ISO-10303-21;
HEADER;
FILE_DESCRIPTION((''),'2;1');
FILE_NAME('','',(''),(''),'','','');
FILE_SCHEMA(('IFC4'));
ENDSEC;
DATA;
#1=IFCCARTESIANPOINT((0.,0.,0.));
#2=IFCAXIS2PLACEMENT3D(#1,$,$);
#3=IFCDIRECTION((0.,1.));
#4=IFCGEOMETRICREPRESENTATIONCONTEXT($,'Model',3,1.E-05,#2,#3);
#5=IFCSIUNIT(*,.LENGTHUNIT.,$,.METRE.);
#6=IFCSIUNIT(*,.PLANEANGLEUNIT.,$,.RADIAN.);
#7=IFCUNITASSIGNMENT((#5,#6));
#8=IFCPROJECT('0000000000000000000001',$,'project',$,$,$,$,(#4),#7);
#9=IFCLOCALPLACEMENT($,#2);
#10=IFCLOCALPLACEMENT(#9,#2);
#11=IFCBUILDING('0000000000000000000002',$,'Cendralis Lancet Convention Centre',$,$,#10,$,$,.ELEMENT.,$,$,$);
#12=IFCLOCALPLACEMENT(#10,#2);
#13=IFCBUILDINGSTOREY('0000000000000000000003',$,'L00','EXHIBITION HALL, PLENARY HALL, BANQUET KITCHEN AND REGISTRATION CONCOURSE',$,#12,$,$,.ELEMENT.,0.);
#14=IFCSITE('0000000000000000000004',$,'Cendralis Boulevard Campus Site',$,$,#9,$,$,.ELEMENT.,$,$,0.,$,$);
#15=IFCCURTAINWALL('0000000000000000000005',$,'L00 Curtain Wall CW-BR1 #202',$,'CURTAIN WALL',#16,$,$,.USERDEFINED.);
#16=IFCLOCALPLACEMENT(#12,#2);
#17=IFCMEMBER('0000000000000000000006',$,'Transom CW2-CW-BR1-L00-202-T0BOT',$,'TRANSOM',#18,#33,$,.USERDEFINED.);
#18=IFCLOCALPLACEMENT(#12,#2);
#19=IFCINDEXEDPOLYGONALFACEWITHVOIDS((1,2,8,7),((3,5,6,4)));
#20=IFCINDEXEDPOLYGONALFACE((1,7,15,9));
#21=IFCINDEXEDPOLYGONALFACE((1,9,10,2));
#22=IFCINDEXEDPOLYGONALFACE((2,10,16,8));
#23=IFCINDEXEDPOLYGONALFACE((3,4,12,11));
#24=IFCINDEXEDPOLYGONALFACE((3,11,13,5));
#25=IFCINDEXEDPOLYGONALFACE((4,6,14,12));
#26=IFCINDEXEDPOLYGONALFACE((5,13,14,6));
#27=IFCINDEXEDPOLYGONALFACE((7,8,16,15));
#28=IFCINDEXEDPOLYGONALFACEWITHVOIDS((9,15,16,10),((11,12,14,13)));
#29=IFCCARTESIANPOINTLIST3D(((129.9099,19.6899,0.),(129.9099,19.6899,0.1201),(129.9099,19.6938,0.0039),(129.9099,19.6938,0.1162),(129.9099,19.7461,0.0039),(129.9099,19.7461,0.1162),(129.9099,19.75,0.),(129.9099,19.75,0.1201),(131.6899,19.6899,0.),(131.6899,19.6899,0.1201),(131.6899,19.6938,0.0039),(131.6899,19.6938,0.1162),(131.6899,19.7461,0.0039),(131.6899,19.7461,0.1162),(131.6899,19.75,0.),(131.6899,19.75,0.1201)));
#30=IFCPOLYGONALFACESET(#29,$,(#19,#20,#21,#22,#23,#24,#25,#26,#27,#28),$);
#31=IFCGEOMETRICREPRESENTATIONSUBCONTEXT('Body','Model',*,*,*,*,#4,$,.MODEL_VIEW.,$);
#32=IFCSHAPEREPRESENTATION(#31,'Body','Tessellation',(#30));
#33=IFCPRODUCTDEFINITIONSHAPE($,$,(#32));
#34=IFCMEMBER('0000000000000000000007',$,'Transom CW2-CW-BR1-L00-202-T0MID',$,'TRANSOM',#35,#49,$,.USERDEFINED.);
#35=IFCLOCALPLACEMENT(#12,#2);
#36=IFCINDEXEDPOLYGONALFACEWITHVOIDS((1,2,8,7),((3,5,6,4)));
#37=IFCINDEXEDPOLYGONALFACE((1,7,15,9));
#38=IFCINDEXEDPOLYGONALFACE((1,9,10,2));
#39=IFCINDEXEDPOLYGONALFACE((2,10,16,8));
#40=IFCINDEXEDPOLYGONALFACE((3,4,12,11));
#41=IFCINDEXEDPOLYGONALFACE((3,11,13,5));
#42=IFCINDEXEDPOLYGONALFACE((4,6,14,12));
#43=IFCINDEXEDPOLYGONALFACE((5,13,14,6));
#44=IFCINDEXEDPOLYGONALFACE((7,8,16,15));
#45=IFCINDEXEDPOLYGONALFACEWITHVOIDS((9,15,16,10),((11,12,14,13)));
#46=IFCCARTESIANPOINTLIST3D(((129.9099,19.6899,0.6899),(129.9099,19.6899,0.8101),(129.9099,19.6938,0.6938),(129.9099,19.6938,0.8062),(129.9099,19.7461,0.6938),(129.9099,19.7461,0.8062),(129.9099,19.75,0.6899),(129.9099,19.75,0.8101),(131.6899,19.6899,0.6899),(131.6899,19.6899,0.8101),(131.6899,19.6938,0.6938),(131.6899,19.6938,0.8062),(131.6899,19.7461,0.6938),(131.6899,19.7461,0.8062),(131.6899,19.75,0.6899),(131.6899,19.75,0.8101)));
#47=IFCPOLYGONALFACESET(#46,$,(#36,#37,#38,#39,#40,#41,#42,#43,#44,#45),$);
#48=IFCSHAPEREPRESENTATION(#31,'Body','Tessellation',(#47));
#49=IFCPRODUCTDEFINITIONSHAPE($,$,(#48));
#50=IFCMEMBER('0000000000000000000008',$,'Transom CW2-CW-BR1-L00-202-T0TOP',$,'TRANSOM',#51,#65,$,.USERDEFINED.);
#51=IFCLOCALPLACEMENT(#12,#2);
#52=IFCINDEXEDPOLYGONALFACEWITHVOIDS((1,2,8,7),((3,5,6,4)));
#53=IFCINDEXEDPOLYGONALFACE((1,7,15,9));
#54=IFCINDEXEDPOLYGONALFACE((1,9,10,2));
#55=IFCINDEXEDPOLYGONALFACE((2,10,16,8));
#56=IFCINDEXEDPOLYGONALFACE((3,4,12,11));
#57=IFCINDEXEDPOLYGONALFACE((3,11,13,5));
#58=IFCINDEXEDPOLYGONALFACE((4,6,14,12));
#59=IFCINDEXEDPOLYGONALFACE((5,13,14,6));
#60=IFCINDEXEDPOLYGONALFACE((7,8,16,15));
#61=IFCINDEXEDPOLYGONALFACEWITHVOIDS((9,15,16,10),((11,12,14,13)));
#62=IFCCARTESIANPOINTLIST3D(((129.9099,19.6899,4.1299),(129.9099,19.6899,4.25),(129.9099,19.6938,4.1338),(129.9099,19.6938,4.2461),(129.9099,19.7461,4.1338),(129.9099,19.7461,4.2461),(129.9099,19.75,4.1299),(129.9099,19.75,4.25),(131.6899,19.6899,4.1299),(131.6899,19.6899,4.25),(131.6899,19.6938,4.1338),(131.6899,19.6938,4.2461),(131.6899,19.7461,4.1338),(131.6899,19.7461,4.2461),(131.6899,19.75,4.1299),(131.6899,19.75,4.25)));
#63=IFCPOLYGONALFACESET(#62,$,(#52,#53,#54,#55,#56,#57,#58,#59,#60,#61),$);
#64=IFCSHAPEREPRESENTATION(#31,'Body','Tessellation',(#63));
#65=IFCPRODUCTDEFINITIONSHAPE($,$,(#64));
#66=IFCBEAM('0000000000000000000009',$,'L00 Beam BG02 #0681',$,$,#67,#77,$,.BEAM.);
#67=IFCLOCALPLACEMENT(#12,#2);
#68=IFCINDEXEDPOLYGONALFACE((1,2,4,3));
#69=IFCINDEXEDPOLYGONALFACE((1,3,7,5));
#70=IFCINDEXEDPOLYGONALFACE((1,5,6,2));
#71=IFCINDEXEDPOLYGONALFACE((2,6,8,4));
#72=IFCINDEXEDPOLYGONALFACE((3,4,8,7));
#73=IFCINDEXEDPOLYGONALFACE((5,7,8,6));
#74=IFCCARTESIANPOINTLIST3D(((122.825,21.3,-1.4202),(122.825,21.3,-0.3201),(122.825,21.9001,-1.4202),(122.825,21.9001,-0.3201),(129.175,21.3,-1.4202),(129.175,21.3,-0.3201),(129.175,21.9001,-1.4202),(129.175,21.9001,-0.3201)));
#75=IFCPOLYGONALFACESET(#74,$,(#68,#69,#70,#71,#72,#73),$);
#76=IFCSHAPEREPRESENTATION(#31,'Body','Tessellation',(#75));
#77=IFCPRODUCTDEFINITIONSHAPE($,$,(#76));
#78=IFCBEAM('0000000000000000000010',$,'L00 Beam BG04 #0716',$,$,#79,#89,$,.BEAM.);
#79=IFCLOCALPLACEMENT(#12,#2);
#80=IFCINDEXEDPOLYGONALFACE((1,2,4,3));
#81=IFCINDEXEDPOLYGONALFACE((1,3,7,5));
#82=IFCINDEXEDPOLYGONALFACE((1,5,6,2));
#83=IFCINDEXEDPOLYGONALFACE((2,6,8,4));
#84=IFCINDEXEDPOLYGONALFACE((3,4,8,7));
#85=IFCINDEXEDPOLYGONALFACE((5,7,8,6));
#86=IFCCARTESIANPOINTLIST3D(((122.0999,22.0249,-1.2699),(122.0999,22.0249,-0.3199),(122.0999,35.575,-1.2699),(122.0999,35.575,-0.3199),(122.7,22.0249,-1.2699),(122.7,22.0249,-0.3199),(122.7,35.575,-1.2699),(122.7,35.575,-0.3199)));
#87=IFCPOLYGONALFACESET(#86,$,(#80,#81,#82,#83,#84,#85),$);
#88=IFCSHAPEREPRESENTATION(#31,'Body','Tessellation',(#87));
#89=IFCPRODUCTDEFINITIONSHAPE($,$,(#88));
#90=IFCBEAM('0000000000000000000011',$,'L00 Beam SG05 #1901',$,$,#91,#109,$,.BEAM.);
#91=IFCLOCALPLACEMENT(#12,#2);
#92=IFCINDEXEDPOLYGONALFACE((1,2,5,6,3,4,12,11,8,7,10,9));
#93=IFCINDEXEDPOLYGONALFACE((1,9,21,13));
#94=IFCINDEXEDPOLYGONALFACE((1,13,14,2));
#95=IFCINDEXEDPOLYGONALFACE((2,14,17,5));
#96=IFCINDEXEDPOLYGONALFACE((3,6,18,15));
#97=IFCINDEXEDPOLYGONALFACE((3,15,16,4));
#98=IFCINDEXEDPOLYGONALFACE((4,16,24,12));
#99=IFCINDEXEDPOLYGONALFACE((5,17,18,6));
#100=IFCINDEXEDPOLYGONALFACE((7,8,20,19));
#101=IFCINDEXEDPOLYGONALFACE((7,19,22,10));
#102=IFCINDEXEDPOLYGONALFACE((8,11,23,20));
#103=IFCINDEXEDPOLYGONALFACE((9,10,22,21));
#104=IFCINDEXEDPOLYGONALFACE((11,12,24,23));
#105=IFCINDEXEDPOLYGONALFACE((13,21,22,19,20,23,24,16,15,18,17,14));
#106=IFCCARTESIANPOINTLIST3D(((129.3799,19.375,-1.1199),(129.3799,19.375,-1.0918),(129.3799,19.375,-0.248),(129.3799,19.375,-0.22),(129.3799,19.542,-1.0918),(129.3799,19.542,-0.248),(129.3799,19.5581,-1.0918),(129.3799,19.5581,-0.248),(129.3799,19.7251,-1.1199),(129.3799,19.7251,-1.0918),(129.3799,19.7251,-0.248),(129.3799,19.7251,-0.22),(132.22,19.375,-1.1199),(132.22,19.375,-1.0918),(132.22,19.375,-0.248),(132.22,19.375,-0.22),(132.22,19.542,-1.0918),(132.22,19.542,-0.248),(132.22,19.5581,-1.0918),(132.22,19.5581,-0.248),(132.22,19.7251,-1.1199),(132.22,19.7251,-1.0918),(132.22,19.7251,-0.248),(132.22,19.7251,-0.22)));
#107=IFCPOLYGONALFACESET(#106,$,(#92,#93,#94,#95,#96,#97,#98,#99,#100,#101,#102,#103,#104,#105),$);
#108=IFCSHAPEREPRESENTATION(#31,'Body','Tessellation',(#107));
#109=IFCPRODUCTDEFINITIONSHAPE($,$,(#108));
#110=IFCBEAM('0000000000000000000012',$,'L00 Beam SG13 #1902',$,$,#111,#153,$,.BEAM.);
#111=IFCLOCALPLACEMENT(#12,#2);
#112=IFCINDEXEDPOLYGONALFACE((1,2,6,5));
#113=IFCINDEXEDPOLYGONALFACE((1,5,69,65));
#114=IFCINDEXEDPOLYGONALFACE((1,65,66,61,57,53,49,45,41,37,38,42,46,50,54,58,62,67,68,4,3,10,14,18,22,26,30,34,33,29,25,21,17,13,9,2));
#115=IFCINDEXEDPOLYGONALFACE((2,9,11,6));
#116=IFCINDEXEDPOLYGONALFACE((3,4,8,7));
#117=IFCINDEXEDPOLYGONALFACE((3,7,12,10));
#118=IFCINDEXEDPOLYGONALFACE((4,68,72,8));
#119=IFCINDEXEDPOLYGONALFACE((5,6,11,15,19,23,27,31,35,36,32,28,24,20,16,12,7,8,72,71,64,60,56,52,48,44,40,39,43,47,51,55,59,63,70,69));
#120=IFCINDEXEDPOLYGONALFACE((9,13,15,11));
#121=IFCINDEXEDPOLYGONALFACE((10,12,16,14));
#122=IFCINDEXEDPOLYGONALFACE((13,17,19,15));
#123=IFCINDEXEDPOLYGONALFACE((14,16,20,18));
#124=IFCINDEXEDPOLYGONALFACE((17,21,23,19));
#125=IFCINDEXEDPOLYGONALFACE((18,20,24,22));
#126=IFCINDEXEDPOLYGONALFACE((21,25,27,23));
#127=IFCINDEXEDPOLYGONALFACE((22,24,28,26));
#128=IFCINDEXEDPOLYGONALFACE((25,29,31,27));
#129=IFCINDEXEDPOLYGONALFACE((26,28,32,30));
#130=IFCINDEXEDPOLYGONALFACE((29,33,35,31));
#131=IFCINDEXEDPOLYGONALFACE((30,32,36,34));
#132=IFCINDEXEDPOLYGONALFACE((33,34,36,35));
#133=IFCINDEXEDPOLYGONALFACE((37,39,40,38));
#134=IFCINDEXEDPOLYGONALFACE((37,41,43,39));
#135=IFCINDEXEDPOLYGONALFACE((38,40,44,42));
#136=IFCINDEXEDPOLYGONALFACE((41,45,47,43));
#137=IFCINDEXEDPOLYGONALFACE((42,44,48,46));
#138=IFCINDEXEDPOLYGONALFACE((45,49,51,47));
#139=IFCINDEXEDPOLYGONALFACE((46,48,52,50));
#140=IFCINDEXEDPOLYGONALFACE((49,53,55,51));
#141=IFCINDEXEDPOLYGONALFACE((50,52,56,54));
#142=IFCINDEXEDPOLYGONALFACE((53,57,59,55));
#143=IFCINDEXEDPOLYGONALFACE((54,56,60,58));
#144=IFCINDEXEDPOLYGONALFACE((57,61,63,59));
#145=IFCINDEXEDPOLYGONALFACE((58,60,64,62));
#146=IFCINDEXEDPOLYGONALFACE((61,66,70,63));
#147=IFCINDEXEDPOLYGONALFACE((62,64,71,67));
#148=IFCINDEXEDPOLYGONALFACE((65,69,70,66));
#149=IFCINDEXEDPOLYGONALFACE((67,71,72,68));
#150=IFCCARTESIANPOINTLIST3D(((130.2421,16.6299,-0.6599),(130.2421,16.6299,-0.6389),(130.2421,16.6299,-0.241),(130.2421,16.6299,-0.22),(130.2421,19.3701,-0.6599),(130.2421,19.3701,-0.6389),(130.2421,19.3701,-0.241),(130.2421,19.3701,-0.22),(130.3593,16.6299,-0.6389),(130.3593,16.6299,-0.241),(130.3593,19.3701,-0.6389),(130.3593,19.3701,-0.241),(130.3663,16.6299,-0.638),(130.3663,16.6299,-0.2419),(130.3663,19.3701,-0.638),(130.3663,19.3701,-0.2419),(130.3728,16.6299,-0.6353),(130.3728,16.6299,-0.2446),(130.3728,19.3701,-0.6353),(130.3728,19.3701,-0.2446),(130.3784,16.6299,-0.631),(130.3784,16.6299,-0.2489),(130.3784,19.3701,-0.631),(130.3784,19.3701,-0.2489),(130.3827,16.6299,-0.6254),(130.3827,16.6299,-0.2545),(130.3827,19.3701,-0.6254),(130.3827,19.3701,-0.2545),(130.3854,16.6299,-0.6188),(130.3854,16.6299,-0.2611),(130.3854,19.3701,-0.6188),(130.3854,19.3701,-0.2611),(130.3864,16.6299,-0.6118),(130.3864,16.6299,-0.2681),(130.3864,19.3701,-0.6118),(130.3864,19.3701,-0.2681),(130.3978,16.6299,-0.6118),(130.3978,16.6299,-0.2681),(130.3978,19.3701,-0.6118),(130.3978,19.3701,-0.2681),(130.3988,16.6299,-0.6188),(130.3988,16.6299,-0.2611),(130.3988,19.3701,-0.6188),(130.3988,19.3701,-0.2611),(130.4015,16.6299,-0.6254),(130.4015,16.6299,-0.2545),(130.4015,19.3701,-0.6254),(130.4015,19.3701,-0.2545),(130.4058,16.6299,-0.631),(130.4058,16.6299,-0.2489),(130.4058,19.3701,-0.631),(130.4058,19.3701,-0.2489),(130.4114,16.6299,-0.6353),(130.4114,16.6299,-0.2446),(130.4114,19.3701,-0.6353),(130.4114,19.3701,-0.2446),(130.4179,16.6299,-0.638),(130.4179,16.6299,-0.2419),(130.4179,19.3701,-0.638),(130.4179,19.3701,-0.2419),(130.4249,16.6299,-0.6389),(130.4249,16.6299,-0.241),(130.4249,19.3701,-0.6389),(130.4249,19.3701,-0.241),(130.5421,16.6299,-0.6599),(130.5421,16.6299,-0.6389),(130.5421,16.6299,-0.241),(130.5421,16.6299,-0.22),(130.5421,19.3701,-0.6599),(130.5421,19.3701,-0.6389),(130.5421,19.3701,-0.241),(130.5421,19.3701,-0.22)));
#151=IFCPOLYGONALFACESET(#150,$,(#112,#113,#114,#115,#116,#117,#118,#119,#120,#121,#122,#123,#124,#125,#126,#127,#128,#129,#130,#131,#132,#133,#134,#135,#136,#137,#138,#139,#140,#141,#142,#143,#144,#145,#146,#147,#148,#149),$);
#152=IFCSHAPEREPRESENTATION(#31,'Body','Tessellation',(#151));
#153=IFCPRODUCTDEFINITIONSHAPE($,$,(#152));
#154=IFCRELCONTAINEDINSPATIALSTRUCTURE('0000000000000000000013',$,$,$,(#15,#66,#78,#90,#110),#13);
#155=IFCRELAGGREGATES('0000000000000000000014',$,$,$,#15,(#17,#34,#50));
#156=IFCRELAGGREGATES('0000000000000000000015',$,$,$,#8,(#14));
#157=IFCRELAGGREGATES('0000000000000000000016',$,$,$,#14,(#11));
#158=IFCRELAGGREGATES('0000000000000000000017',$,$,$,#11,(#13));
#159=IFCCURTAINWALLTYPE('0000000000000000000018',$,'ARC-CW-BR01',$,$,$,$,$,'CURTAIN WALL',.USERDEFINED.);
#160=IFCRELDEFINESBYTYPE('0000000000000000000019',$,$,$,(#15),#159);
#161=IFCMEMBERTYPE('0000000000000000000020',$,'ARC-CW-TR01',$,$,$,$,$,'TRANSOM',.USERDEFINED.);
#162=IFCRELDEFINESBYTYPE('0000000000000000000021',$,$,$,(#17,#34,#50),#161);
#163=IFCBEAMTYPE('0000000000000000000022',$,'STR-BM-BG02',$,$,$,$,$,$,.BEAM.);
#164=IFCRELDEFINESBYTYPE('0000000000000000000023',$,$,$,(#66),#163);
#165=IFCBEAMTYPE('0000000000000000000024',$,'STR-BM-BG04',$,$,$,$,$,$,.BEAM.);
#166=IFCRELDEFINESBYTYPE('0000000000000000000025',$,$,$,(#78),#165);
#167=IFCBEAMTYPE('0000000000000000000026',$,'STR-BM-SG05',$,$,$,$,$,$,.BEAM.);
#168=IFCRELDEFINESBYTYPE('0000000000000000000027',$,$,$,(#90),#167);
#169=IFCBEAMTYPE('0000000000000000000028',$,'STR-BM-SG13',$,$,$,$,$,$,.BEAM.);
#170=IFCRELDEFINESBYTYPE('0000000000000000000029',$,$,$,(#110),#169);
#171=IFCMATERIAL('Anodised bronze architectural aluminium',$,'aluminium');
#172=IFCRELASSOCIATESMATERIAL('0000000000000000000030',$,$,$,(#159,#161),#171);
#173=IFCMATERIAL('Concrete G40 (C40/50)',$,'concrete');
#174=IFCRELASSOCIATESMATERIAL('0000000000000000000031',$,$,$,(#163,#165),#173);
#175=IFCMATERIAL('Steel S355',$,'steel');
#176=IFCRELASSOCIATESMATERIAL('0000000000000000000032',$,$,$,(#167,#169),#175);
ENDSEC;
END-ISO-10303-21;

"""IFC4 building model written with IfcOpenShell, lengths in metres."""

from ifc_helpers import new_model, si_unit, direction, frame, origin, origin_2d, place, context, subcontext, project, spatial, rectangle, hollow_rectangle, i_section, extrude, material, material_profile, profile_set, type_object, element, aggregate, save


model = new_model("IFC4")

# Units and contexts
model_context = context("Model", 3, precision=1e-05, world=origin(), true_north=direction((0.0, 1.0)))
body_context = subcontext(model_context, "Body", "Model", "MODEL_VIEW")
ifc_project = project(units=[si_unit("LENGTHUNIT", "METRE"), si_unit("PLANEANGLEUNIT", "RADIAN")], contexts=[model_context])

# Site, building, storey
site_placement = place(None, origin())
site = spatial("IfcSite", under=ifc_project, at=site_placement, Name="Cendralis Boulevard Campus Site", CompositionType="ELEMENT", RefElevation=0.0)
building_placement = place(site_placement, origin())
building = spatial("IfcBuilding", under=site, at=building_placement, Name="Cendralis Lancet Convention Centre", CompositionType="ELEMENT")
storey_placement = place(building_placement, origin())
storey = spatial("IfcBuildingStorey", under=building, at=storey_placement, Name="L00", Description="EXHIBITION HALL, PLENARY HALL, BANQUET KITCHEN AND REGISTRATION CONCOURSE", CompositionType="ELEMENT", Elevation=0.0)

# Shared definitions
ifc_material_1 = material(Name="Concrete G40 (C40/50)", Category="concrete")

# Curtain wall, members
ifc_material_2 = material(Name="Anodised bronze architectural aluminium", Category="aluminium")
curtain_wall_type = type_object("IfcCurtainWallType", Name="ARC-CW-BR01", ElementType="CURTAIN WALL", PredefinedType="USERDEFINED", material=ifc_material_2)
curtain_wall_placement = place(storey_placement, origin())
curtain_wall = element("IfcCurtainWall", 1, at=curtain_wall_placement, inside=storey, type_object=curtain_wall_type, Name="L00 Curtain Wall CW-BR1 #202", ObjectType="CURTAIN WALL", PredefinedType="USERDEFINED")
ifc_material_profile_1 = material_profile(ifc_material_2, hollow_rectangle(XDim=0.0601, YDim=0.1201, WallThickness=0.0039, at=origin_2d()), Name="AL-TRAN 60x120x4.0")
ifc_profile_set_1 = profile_set([ifc_material_profile_1], Name="Anodised bronze architectural aluminium")
member_type_1 = type_object("IfcMemberType", Name="ARC-CW-TR01", ElementType="TRANSOM", PredefinedType="USERDEFINED", material=ifc_profile_set_1)
member_1_placement = place(storey_placement, frame((129.9099, 19.72, 0.0601), z_axis=(1.0, 0.0, 0.0), x_axis=(0.0, 1.0, 0.0)))
member_1 = element("IfcMember", 2, at=member_1_placement, type_object=member_type_1, Name="Transom CW2-CW-BR1-L00-202-T0BOT", ObjectType="TRANSOM", PredefinedType="USERDEFINED", context=body_context, shape_type="SweptSolid", body=[
    extrude(hollow_rectangle(XDim=0.0601, YDim=0.1201, WallThickness=0.0039, at=origin_2d()), origin(), (0.0, 0.0, 1.0), 1.78),
])
member_2_placement = place(storey_placement, frame((129.9099, 19.72, 0.75), z_axis=(1.0, 0.0, 0.0), x_axis=(0.0, 1.0, 0.0)))
member_2 = element("IfcMember", 3, at=member_2_placement, type_object=member_type_1, Name="Transom CW2-CW-BR1-L00-202-T0MID", ObjectType="TRANSOM", PredefinedType="USERDEFINED", context=body_context, shape_type="SweptSolid", body=[
    extrude(hollow_rectangle(XDim=0.0601, YDim=0.1201, WallThickness=0.0039, at=origin_2d()), origin(), (0.0, 0.0, 1.0), 1.78),
])
member_3_placement = place(storey_placement, frame((129.9099, 19.72, 4.1899), z_axis=(1.0, 0.0, 0.0), x_axis=(0.0, 1.0, 0.0)))
member_3 = element("IfcMember", 4, at=member_3_placement, type_object=member_type_1, Name="Transom CW2-CW-BR1-L00-202-T0TOP", ObjectType="TRANSOM", PredefinedType="USERDEFINED", context=body_context, shape_type="SweptSolid", body=[
    extrude(hollow_rectangle(XDim=0.0601, YDim=0.1201, WallThickness=0.0039, at=origin_2d()), origin(), (0.0, 0.0, 1.0), 1.78),
])

# Beams
ifc_material_profile_2 = material_profile(ifc_material_1, rectangle(XDim=0.6001, YDim=1.1001, at=origin_2d()), Name="RCB 600x1100")
ifc_profile_set_2 = profile_set([ifc_material_profile_2], Name="Concrete G40 (C40/50)")
beam_type_1 = type_object("IfcBeamType", Name="STR-BM-BG02", PredefinedType="BEAM", material=ifc_profile_set_2)
beam_1_placement = place(storey_placement, frame((122.825, 21.6001, -0.8701), z_axis=(1.0, 0.0, 0.0), x_axis=(0.0, 1.0, 0.0)))
element("IfcBeam", 5, at=beam_1_placement, inside=storey, type_object=beam_type_1, Name="L00 Beam BG02 #0681", PredefinedType="BEAM", context=body_context, shape_type="SweptSolid", body=[
    extrude(rectangle(XDim=0.6001, YDim=1.1001, at=origin_2d()), origin(), (0.0, 0.0, 1.0), 6.3501),
])
ifc_material_profile_3 = material_profile(ifc_material_1, rectangle(XDim=0.6001, YDim=0.95, at=origin_2d()), Name="RCB 600x950")
ifc_profile_set_3 = profile_set([ifc_material_profile_3], Name="Concrete G40 (C40/50)")
beam_type_2 = type_object("IfcBeamType", Name="STR-BM-BG04", PredefinedType="BEAM", material=ifc_profile_set_3)
beam_2_placement = place(storey_placement, frame((122.3999, 22.0249, -0.7949), z_axis=(0.0, 1.0, 0.0), x_axis=(-1.0, 0.0, 0.0)))
element("IfcBeam", 6, at=beam_2_placement, inside=storey, type_object=beam_type_2, Name="L00 Beam BG04 #0716", PredefinedType="BEAM", context=body_context, shape_type="SweptSolid", body=[
    extrude(rectangle(XDim=0.6001, YDim=0.95, at=origin_2d()), origin(), (0.0, 0.0, 1.0), 13.55),
])
ifc_material_3 = material(Name="Steel S355", Category="steel")
ifc_material_profile_4 = material_profile(ifc_material_3, i_section(OverallWidth=0.3501, OverallDepth=0.8999, WebThickness=0.0161, FlangeThickness=0.0281, at=origin_2d()), Name="PG 900x350")
ifc_profile_set_4 = profile_set([ifc_material_profile_4], Name="Steel S355")
beam_type_3 = type_object("IfcBeamType", Name="STR-BM-SG05", PredefinedType="BEAM", material=ifc_profile_set_4)
beam_3_placement = place(storey_placement, frame((129.3799, 19.55, -0.6699), z_axis=(1.0, 0.0, 0.0), x_axis=(0.0, 1.0, 0.0)))
element("IfcBeam", 7, at=beam_3_placement, inside=storey, type_object=beam_type_3, Name="L00 Beam SG05 #1901", PredefinedType="BEAM", context=body_context, shape_type="SweptSolid", body=[
    extrude(i_section(OverallWidth=0.3501, OverallDepth=0.8999, WebThickness=0.0161, FlangeThickness=0.0281, at=origin_2d()), origin(), (0.0, 0.0, 1.0), 2.8401),
])
ifc_material_profile_5 = material_profile(ifc_material_3, i_section(OverallWidth=0.3, OverallDepth=0.4399, WebThickness=0.0115, FlangeThickness=0.021, FilletRadius=0.0271, at=origin_2d()), Name="HEA 450")
ifc_profile_set_5 = profile_set([ifc_material_profile_5], Name="Steel S355")
beam_type_4 = type_object("IfcBeamType", Name="STR-BM-SG13", PredefinedType="BEAM", material=ifc_profile_set_5)
for number, where, z_axis, x_axis, name in (
    (8, (130.3921, 16.6299, -0.4399), (0.0, 1.0, 0.0), (-1.0, 0.0, 0.0), "L00 Beam SG13 #1902"),
):
    element("IfcBeam", number, at=place(storey_placement, frame(where, z_axis=z_axis, x_axis=x_axis)), inside=storey, type_object=beam_type_4, Name=name, PredefinedType="BEAM", context=body_context, shape_type="SweptSolid", body=[
        extrude(i_section(OverallWidth=0.3, OverallDepth=0.4399, WebThickness=0.0115, FlangeThickness=0.021, FilletRadius=0.0271, at=origin_2d()), origin(), (0.0, 0.0, 1.0), 2.7402),
    ])

aggregate(curtain_wall, [member_1, member_2, member_3])

save(model, "model.ifc")
